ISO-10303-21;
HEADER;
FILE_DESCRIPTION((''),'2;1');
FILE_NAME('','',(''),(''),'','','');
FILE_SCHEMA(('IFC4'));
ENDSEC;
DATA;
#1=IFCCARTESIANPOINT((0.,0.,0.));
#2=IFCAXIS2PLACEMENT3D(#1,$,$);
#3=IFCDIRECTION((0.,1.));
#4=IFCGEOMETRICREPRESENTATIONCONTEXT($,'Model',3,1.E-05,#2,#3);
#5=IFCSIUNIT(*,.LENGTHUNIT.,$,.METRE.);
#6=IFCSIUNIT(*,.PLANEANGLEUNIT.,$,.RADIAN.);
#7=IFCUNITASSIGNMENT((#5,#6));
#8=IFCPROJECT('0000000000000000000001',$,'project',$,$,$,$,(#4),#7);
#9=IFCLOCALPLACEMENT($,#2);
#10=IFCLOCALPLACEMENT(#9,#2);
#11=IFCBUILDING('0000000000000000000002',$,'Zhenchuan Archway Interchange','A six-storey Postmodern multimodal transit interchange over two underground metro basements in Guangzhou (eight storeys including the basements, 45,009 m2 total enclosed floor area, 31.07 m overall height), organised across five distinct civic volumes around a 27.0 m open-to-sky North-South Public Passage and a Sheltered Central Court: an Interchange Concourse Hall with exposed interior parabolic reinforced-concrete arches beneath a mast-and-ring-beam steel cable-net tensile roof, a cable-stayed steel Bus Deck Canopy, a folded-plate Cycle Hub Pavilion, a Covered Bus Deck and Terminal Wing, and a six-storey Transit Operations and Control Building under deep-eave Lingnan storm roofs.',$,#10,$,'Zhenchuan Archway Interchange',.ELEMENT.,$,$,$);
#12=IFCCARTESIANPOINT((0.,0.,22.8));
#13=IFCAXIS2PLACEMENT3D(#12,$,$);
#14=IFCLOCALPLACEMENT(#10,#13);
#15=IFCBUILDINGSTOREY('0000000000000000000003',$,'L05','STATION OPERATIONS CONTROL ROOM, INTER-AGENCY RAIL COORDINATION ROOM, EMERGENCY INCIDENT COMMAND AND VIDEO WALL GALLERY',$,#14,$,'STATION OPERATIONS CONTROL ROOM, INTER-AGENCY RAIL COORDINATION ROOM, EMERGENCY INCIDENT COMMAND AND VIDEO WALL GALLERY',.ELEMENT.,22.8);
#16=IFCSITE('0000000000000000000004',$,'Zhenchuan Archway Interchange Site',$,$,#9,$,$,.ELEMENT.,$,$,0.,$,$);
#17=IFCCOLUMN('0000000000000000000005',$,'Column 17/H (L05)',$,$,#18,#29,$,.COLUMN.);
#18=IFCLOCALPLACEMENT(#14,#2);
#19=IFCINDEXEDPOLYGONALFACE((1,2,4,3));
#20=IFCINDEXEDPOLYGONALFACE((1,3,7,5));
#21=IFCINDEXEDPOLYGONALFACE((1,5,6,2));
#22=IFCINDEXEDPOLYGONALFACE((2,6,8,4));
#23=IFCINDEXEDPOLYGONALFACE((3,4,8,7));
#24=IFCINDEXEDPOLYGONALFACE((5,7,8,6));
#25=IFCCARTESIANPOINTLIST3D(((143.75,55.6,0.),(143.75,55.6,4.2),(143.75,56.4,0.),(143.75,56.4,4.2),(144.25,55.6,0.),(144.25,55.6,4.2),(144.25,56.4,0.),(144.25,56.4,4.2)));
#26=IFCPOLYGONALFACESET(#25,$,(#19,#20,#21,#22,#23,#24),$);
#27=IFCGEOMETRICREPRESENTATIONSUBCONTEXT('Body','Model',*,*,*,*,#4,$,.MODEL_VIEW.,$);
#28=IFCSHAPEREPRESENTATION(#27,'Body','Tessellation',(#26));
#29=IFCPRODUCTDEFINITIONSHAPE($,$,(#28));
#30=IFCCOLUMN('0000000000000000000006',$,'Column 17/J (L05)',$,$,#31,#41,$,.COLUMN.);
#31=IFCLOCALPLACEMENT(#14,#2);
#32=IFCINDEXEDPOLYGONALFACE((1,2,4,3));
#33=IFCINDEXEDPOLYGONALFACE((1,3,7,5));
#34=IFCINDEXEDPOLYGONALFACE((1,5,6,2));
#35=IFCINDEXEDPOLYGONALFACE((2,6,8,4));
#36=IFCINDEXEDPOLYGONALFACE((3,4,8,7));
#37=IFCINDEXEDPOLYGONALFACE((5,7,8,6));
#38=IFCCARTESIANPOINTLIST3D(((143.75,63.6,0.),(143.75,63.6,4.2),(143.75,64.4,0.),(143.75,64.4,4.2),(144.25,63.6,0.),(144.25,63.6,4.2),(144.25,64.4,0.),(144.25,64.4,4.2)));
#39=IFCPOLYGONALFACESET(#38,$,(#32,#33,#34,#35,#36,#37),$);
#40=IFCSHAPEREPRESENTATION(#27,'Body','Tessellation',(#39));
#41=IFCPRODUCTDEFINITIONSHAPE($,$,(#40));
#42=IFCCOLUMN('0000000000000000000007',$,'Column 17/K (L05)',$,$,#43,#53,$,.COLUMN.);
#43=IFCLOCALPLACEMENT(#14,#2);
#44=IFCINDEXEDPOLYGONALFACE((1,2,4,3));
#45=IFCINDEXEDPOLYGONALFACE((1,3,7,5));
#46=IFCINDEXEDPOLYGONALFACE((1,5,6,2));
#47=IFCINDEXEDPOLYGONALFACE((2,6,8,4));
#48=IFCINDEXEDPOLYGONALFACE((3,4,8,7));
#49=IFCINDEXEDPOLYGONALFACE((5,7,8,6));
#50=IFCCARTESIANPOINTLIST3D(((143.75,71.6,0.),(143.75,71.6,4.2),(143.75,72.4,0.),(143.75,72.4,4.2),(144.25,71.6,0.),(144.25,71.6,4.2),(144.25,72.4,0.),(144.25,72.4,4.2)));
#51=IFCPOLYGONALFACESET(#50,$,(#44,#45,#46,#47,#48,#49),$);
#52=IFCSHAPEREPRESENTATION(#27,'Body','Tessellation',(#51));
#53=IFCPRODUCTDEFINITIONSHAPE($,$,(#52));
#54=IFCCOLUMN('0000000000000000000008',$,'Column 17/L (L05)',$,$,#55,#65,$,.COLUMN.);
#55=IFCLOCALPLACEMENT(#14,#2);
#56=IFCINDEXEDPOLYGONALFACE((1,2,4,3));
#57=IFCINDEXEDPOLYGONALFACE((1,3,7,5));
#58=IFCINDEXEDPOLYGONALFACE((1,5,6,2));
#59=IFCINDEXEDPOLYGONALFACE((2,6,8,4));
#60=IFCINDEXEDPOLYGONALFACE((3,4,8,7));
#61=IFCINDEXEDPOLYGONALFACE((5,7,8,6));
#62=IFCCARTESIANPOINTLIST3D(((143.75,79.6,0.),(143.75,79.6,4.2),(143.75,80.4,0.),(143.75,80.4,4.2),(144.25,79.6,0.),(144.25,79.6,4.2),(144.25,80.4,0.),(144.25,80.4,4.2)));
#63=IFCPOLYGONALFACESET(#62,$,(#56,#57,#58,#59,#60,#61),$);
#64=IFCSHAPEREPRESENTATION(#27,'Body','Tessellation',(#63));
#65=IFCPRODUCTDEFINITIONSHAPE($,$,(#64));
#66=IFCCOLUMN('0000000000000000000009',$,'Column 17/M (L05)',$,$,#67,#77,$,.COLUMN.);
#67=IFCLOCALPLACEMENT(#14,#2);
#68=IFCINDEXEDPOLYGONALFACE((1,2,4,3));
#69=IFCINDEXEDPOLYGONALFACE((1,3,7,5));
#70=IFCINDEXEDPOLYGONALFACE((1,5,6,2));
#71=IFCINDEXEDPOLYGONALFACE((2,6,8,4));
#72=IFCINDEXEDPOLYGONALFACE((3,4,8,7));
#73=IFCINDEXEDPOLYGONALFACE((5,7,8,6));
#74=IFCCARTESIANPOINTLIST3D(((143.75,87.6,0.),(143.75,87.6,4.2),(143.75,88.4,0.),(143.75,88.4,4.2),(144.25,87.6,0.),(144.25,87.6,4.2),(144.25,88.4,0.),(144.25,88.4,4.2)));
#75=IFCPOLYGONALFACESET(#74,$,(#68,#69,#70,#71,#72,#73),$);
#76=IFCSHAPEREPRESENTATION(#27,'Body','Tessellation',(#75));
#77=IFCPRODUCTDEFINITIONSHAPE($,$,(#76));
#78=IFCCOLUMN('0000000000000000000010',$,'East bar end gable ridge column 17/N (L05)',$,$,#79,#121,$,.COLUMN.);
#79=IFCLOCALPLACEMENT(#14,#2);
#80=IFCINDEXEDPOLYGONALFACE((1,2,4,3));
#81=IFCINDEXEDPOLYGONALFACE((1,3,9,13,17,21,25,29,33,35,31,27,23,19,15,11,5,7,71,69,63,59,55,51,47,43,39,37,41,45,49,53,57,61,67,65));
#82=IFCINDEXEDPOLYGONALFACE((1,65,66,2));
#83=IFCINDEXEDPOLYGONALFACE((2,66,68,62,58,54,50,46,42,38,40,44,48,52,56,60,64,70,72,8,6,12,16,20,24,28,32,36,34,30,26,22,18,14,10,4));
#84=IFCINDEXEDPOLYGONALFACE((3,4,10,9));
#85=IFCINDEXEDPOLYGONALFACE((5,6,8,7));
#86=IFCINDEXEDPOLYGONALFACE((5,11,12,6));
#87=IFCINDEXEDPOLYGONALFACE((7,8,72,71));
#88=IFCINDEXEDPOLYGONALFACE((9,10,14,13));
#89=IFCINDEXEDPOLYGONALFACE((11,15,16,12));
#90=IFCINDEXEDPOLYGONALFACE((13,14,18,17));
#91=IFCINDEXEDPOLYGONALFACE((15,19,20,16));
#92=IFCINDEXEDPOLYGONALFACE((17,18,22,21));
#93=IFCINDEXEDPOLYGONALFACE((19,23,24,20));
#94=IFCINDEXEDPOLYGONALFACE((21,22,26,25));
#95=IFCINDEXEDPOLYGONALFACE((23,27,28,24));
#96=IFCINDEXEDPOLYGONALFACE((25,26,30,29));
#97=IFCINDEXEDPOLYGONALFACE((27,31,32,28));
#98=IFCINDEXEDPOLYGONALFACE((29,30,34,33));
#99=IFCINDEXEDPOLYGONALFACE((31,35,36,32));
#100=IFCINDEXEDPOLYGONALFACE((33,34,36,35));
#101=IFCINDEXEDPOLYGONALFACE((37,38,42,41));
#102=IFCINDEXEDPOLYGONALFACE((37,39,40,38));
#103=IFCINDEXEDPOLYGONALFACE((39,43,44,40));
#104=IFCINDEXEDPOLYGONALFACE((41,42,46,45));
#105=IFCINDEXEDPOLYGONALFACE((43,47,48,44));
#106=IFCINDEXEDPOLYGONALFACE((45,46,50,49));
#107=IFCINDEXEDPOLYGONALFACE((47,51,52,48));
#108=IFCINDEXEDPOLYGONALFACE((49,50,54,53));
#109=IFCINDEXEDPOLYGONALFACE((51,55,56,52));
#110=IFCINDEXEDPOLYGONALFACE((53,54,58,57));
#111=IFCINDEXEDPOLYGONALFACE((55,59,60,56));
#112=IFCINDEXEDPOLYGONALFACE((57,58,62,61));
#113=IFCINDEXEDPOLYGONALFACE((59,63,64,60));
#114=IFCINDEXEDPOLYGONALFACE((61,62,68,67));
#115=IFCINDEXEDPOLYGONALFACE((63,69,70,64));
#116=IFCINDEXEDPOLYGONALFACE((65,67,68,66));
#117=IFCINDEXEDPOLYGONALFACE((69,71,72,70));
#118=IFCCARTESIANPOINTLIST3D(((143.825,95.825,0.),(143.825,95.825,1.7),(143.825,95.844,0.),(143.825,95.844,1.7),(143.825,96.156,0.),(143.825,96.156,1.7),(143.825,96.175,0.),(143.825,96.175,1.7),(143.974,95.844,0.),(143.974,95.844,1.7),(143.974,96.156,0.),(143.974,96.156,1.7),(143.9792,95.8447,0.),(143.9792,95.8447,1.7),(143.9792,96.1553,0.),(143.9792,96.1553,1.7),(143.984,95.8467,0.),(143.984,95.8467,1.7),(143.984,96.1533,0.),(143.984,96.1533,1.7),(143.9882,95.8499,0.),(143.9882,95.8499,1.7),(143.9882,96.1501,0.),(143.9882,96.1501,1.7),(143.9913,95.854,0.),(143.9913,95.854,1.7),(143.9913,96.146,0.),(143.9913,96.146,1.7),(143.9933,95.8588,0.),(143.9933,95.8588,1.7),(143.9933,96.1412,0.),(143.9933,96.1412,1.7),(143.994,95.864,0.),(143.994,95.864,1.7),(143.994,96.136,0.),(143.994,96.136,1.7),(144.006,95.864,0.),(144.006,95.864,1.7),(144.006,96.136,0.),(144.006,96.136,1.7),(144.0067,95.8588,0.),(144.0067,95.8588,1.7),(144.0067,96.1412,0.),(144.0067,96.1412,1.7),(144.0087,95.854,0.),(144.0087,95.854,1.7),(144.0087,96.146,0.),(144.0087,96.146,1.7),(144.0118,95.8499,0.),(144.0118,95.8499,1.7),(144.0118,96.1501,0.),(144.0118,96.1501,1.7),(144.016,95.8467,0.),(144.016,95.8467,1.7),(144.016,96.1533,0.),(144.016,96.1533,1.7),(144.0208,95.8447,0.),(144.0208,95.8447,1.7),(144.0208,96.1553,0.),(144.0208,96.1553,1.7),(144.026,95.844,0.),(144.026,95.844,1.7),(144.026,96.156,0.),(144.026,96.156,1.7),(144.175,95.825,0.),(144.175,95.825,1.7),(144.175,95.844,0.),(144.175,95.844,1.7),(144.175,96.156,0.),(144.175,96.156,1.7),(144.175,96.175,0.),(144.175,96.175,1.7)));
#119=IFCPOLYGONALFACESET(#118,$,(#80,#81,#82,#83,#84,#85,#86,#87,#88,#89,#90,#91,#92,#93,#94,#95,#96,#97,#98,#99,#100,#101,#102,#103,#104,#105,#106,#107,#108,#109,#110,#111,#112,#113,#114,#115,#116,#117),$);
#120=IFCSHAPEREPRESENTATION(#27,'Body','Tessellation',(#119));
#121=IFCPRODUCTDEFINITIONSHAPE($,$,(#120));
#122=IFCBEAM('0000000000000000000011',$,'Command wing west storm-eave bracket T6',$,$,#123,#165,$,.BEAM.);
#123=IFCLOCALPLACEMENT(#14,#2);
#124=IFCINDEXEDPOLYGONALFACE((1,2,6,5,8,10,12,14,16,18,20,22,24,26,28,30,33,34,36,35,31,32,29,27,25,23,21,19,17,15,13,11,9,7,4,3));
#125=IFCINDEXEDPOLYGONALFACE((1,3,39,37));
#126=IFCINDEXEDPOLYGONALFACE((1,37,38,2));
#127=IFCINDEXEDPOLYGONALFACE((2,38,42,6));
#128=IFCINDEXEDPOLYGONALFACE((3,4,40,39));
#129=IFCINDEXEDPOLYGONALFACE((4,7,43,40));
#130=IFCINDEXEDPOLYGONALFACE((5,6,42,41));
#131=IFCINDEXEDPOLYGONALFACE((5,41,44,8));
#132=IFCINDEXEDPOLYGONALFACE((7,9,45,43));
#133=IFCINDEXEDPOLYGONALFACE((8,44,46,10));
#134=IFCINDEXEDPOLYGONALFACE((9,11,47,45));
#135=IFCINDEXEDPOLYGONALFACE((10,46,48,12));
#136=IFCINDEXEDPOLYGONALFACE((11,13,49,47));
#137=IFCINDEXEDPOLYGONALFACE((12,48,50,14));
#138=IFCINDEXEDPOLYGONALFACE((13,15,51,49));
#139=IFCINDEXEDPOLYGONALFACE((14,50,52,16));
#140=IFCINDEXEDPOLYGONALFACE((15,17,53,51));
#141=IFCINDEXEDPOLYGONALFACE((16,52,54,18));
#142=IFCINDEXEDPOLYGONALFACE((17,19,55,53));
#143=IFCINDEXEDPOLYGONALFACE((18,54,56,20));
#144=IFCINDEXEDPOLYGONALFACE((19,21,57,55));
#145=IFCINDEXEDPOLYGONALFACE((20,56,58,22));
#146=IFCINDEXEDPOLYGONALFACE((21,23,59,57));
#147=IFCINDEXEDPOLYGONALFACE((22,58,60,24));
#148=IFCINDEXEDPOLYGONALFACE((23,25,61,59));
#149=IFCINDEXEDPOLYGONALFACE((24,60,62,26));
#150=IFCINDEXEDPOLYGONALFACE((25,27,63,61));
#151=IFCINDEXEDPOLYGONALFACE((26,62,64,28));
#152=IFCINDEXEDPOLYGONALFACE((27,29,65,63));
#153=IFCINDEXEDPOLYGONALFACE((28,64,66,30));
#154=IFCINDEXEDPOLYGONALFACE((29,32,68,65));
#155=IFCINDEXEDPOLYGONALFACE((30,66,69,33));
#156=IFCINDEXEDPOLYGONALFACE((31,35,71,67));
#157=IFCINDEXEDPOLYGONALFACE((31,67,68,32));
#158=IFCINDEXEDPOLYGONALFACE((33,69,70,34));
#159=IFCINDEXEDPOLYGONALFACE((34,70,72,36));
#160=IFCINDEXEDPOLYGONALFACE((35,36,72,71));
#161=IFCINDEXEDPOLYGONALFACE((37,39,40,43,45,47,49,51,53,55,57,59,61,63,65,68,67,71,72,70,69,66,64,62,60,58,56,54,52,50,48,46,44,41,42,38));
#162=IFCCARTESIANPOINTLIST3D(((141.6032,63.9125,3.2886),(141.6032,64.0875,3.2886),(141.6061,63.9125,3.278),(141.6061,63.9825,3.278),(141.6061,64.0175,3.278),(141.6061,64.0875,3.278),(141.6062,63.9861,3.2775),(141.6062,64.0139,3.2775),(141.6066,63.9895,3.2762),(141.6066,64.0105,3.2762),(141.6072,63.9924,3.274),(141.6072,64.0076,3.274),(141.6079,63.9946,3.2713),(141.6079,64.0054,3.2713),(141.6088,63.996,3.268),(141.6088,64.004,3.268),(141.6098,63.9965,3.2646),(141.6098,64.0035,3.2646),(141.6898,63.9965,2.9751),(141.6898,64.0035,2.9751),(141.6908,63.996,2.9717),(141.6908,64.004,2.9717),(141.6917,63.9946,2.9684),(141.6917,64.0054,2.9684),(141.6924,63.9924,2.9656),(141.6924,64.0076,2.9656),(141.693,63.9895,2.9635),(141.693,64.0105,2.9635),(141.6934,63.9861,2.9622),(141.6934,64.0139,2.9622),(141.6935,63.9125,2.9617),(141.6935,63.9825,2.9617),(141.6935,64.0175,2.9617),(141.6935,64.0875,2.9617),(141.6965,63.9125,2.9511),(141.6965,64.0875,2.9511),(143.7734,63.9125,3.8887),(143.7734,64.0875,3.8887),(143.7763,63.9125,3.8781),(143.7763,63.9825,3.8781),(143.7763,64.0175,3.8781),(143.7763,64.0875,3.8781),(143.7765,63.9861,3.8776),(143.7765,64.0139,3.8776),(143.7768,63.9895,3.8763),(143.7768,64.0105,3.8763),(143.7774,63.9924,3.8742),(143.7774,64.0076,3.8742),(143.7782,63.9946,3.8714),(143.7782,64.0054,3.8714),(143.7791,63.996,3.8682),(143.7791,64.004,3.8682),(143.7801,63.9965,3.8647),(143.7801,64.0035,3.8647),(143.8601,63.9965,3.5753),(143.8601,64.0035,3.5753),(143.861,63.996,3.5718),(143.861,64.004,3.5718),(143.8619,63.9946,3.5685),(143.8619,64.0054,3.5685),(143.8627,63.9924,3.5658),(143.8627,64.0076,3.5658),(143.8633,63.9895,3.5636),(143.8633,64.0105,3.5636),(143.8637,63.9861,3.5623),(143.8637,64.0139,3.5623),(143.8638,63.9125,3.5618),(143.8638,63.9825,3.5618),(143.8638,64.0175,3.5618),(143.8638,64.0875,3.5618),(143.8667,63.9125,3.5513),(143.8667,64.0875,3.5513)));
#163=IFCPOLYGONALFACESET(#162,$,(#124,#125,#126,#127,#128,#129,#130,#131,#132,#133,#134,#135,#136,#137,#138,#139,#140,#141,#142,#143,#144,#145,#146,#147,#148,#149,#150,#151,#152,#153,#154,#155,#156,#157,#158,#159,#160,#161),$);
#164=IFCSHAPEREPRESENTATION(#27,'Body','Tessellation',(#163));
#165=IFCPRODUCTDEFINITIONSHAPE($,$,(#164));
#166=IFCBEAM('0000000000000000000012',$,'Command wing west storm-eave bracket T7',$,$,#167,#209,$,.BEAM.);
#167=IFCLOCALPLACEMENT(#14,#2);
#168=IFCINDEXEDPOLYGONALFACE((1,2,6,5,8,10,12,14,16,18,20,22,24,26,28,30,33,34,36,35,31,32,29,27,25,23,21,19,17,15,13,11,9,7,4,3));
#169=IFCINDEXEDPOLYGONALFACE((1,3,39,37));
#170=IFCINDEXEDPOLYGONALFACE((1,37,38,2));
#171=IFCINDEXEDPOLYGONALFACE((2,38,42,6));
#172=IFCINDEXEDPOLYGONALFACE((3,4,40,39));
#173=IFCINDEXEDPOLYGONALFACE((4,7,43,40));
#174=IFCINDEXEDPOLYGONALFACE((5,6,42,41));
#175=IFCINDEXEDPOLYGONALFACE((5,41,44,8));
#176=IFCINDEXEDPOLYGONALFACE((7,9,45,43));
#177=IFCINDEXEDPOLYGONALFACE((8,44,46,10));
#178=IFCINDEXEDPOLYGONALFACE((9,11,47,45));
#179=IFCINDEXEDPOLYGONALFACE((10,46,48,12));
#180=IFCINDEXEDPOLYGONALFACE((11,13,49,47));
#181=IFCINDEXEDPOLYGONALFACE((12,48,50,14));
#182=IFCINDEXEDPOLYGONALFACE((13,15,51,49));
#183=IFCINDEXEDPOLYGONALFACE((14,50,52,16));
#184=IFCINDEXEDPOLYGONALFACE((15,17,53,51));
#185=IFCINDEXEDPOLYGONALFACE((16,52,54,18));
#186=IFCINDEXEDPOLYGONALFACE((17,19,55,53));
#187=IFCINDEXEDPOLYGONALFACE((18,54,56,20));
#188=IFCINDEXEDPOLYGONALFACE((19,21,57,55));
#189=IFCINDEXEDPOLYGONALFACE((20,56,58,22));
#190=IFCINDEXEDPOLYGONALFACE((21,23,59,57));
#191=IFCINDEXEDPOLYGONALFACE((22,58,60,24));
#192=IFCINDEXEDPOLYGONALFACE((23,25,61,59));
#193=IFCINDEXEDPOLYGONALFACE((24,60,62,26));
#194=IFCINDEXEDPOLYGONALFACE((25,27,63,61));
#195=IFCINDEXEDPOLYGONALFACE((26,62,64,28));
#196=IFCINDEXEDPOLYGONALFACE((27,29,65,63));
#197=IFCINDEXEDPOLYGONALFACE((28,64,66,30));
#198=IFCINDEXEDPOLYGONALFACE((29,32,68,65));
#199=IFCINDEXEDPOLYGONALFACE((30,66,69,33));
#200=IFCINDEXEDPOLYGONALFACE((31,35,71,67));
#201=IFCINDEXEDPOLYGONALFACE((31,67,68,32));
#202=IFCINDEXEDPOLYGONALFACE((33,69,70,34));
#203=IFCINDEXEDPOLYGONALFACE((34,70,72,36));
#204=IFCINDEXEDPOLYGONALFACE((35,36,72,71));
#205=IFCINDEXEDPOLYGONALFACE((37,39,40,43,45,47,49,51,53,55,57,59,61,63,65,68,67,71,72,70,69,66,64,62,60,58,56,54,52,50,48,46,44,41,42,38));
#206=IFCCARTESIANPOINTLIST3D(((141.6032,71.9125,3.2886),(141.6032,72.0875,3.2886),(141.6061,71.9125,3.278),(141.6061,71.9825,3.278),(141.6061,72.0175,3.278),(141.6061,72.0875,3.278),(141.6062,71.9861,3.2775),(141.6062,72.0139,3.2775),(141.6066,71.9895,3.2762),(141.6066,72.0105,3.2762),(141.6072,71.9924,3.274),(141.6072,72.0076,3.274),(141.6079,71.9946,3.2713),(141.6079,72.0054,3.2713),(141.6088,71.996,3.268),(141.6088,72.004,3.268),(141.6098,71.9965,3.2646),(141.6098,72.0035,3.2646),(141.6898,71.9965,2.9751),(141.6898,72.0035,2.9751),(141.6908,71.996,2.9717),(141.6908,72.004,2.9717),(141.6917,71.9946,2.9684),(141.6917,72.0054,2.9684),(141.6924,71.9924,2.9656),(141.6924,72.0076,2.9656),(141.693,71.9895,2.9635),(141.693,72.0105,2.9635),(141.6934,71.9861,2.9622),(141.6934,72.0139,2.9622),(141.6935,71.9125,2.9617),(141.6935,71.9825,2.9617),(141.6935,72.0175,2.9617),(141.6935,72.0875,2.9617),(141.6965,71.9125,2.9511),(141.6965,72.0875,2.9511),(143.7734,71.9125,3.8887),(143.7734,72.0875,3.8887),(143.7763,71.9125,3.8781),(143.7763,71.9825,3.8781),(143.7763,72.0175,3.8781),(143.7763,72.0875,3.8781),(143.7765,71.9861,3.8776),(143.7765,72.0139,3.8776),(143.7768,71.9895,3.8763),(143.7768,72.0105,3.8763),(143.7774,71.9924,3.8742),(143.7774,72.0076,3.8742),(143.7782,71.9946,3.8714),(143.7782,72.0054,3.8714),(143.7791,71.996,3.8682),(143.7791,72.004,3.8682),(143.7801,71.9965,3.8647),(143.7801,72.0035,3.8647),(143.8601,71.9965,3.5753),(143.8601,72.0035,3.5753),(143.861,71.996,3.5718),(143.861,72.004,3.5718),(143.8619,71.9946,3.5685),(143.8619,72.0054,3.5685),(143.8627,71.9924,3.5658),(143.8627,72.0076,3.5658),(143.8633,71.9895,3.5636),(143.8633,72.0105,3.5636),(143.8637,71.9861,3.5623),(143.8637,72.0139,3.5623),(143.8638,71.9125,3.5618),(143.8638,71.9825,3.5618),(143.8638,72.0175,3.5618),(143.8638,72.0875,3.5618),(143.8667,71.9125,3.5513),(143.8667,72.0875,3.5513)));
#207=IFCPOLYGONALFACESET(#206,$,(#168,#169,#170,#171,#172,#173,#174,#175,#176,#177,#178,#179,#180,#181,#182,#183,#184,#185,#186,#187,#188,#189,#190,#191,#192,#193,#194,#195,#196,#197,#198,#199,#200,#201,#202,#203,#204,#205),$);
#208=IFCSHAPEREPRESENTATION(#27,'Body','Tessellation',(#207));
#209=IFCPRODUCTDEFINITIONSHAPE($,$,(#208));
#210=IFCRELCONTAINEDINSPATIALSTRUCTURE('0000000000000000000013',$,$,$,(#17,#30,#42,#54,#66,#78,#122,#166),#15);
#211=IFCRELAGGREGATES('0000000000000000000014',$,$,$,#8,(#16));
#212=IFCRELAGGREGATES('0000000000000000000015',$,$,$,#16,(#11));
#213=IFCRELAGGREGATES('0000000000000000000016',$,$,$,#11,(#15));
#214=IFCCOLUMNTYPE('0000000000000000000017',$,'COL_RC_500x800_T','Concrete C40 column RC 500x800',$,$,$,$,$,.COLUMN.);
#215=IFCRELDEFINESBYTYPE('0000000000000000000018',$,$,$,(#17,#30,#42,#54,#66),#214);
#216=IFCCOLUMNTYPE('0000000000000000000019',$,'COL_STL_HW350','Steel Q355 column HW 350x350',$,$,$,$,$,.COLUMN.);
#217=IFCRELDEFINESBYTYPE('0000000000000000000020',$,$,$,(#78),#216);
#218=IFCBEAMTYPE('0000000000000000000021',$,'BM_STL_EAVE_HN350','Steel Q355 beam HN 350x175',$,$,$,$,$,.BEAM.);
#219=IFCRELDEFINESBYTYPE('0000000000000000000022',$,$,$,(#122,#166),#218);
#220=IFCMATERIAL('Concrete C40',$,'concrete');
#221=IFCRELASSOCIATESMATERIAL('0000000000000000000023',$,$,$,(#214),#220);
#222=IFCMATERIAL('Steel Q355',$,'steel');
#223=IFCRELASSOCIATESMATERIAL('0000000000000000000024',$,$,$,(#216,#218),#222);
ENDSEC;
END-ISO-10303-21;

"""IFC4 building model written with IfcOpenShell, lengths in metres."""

from ifc_helpers import new_model, si_unit, direction, frame, origin, origin_2d, place, context, subcontext, project, spatial, rectangle, i_section, extrude, material, material_profile, profile_set, type_object, element, save


model = new_model("IFC4")

# Units and contexts
model_context = context("Model", 3, precision=1e-05, world=origin(), true_north=direction((0.0, 1.0)))
body_context = subcontext(model_context, "Body", "Model", "MODEL_VIEW")
ifc_project = project(units=[si_unit("LENGTHUNIT", "METRE"), si_unit("PLANEANGLEUNIT", "RADIAN")], contexts=[model_context])

# Site, building, storey
site_placement = place(None, origin())
site = spatial("IfcSite", under=ifc_project, at=site_placement, Name="Zhenchuan Archway Interchange Site", CompositionType="ELEMENT", RefElevation=0.0)
building_placement = place(site_placement, origin())
building = spatial("IfcBuilding", under=site, at=building_placement, Name="Zhenchuan Archway Interchange", Description="A six-storey Postmodern multimodal transit interchange over two underground metro basements in Guangzhou (eight storeys including the basements, 45,009 m2 total enclosed floor area, 31.07 m overall height), organised across five distinct civic volumes around a 27.0 m open-to-sky North-South Public Passage and a Sheltered Central Court: an Interchange Concourse Hall with exposed interior parabolic reinforced-concrete arches beneath a mast-and-ring-beam steel cable-net tensile roof, a cable-stayed steel Bus Deck Canopy, a folded-plate Cycle Hub Pavilion, a Covered Bus Deck and Terminal Wing, and a six-storey Transit Operations and Control Building under deep-eave Lingnan storm roofs.", LongName="Zhenchuan Archway Interchange", CompositionType="ELEMENT")
storey_placement = place(building_placement, frame((0.0, 0.0, 22.8)))
storey = spatial("IfcBuildingStorey", under=building, at=storey_placement, Name="L05", Description="STATION OPERATIONS CONTROL ROOM, INTER-AGENCY RAIL COORDINATION ROOM, EMERGENCY INCIDENT COMMAND AND VIDEO WALL GALLERY", LongName="STATION OPERATIONS CONTROL ROOM, INTER-AGENCY RAIL COORDINATION ROOM, EMERGENCY INCIDENT COMMAND AND VIDEO WALL GALLERY", CompositionType="ELEMENT", Elevation=22.8)

# Columns
ifc_material_1 = material(Name="Concrete C40", Category="concrete")
ifc_material_profile_1 = material_profile(ifc_material_1, rectangle(XDim=0.5, YDim=0.8, at=origin_2d()), Name="RC 500x800")
ifc_profile_set_1 = profile_set([ifc_material_profile_1], Name="Concrete C40")
column_type_1 = type_object("IfcColumnType", Name="COL_RC_500x800_T", Description="Concrete C40 column RC 500x800", PredefinedType="COLUMN", material=ifc_profile_set_1)
for number, where, z_axis, x_axis, name in (
    (1, (144.0, 56.0, 0.0), (0.0, 0.0, 1.0), (1.0, 0.0, 0.0), "Column 17/H (L05)"),
    (2, (144.0, 64.0, 0.0), (0.0, 0.0, 1.0), (1.0, 0.0, 0.0), "Column 17/J (L05)"),
    (3, (144.0, 72.0, 0.0), (0.0, 0.0, 1.0), (1.0, 0.0, 0.0), "Column 17/K (L05)"),
    (4, (144.0, 80.0, 0.0), (0.0, 0.0, 1.0), (1.0, 0.0, 0.0), "Column 17/L (L05)"),
    (5, (144.0, 88.0, 0.0), (0.0, 0.0, 1.0), (1.0, 0.0, 0.0), "Column 17/M (L05)"),
):
    element("IfcColumn", number, at=place(storey_placement, frame(where, z_axis=z_axis, x_axis=x_axis)), inside=storey, type_object=column_type_1, Name=name, PredefinedType="COLUMN", context=body_context, shape_type="SweptSolid", body=[
        extrude(rectangle(XDim=0.5, YDim=0.8, at=origin_2d()), origin(), (0.0, 0.0, 1.0), 4.2),
    ])
ifc_material_2 = material(Name="Steel Q355", Category="steel")
ifc_material_profile_2 = material_profile(ifc_material_2, i_section(OverallWidth=0.3501, OverallDepth=0.3501, WebThickness=0.012, FlangeThickness=0.019, FilletRadius=0.02, at=origin_2d()), Name="HW 350x350")
ifc_profile_set_2 = profile_set([ifc_material_profile_2], Name="Steel Q355")
column_type_2 = type_object("IfcColumnType", Name="COL_STL_HW350", Description="Steel Q355 column HW 350x350", PredefinedType="COLUMN", material=ifc_profile_set_2)
column_placement = place(storey_placement, frame((144.0, 96.0, 0.0), z_axis=(0.0, 0.0, 1.0), x_axis=(1.0, 0.0, 0.0)))
element("IfcColumn", 6, at=column_placement, inside=storey, type_object=column_type_2, Name="East bar end gable ridge column 17/N (L05)", PredefinedType="COLUMN", context=body_context, shape_type="SweptSolid", body=[
    extrude(i_section(OverallWidth=0.3501, OverallDepth=0.3501, WebThickness=0.012, FlangeThickness=0.019, FilletRadius=0.02, at=origin_2d()), origin(), (0.0, 0.0, 1.0), 1.7),
])

# Beams
ifc_material_profile_3 = material_profile(ifc_material_2, i_section(OverallWidth=0.175, OverallDepth=0.3501, WebThickness=0.0071, FlangeThickness=0.011, FilletRadius=0.0139, at=origin_2d()), Name="HN 350x175")
ifc_profile_set_3 = profile_set([ifc_material_profile_3], Name="Steel Q355")
beam_type_1 = type_object("IfcBeamType", Name="BM_STL_EAVE_HN350", Description="Steel Q355 beam HN 350x175", PredefinedType="BEAM", material=ifc_profile_set_3)
for number, where, z_axis, x_axis, name in (
    (7, (143.8201, 64.0, 3.72), (-0.963829, 0.0, -0.26652), (0.0, -1.0, 0.0), "Command wing west storm-eave bracket T6"),
    (8, (143.8201, 72.0, 3.72), (-0.963829, 0.0, -0.26652), (0.0, -1.0, 0.0), "Command wing west storm-eave bracket T7"),
):
    element("IfcBeam", number, at=place(storey_placement, frame(where, z_axis=z_axis, x_axis=x_axis)), inside=storey, type_object=beam_type_1, Name=name, PredefinedType="BEAM", context=body_context, shape_type="SweptSolid", body=[
        extrude(i_section(OverallWidth=0.175, OverallDepth=0.3501, WebThickness=0.0071, FlangeThickness=0.011, FilletRadius=0.0139, at=origin_2d()), origin(), (0.0, 0.0, 1.0), 2.2517),
    ])

save(model, "model.ifc")
